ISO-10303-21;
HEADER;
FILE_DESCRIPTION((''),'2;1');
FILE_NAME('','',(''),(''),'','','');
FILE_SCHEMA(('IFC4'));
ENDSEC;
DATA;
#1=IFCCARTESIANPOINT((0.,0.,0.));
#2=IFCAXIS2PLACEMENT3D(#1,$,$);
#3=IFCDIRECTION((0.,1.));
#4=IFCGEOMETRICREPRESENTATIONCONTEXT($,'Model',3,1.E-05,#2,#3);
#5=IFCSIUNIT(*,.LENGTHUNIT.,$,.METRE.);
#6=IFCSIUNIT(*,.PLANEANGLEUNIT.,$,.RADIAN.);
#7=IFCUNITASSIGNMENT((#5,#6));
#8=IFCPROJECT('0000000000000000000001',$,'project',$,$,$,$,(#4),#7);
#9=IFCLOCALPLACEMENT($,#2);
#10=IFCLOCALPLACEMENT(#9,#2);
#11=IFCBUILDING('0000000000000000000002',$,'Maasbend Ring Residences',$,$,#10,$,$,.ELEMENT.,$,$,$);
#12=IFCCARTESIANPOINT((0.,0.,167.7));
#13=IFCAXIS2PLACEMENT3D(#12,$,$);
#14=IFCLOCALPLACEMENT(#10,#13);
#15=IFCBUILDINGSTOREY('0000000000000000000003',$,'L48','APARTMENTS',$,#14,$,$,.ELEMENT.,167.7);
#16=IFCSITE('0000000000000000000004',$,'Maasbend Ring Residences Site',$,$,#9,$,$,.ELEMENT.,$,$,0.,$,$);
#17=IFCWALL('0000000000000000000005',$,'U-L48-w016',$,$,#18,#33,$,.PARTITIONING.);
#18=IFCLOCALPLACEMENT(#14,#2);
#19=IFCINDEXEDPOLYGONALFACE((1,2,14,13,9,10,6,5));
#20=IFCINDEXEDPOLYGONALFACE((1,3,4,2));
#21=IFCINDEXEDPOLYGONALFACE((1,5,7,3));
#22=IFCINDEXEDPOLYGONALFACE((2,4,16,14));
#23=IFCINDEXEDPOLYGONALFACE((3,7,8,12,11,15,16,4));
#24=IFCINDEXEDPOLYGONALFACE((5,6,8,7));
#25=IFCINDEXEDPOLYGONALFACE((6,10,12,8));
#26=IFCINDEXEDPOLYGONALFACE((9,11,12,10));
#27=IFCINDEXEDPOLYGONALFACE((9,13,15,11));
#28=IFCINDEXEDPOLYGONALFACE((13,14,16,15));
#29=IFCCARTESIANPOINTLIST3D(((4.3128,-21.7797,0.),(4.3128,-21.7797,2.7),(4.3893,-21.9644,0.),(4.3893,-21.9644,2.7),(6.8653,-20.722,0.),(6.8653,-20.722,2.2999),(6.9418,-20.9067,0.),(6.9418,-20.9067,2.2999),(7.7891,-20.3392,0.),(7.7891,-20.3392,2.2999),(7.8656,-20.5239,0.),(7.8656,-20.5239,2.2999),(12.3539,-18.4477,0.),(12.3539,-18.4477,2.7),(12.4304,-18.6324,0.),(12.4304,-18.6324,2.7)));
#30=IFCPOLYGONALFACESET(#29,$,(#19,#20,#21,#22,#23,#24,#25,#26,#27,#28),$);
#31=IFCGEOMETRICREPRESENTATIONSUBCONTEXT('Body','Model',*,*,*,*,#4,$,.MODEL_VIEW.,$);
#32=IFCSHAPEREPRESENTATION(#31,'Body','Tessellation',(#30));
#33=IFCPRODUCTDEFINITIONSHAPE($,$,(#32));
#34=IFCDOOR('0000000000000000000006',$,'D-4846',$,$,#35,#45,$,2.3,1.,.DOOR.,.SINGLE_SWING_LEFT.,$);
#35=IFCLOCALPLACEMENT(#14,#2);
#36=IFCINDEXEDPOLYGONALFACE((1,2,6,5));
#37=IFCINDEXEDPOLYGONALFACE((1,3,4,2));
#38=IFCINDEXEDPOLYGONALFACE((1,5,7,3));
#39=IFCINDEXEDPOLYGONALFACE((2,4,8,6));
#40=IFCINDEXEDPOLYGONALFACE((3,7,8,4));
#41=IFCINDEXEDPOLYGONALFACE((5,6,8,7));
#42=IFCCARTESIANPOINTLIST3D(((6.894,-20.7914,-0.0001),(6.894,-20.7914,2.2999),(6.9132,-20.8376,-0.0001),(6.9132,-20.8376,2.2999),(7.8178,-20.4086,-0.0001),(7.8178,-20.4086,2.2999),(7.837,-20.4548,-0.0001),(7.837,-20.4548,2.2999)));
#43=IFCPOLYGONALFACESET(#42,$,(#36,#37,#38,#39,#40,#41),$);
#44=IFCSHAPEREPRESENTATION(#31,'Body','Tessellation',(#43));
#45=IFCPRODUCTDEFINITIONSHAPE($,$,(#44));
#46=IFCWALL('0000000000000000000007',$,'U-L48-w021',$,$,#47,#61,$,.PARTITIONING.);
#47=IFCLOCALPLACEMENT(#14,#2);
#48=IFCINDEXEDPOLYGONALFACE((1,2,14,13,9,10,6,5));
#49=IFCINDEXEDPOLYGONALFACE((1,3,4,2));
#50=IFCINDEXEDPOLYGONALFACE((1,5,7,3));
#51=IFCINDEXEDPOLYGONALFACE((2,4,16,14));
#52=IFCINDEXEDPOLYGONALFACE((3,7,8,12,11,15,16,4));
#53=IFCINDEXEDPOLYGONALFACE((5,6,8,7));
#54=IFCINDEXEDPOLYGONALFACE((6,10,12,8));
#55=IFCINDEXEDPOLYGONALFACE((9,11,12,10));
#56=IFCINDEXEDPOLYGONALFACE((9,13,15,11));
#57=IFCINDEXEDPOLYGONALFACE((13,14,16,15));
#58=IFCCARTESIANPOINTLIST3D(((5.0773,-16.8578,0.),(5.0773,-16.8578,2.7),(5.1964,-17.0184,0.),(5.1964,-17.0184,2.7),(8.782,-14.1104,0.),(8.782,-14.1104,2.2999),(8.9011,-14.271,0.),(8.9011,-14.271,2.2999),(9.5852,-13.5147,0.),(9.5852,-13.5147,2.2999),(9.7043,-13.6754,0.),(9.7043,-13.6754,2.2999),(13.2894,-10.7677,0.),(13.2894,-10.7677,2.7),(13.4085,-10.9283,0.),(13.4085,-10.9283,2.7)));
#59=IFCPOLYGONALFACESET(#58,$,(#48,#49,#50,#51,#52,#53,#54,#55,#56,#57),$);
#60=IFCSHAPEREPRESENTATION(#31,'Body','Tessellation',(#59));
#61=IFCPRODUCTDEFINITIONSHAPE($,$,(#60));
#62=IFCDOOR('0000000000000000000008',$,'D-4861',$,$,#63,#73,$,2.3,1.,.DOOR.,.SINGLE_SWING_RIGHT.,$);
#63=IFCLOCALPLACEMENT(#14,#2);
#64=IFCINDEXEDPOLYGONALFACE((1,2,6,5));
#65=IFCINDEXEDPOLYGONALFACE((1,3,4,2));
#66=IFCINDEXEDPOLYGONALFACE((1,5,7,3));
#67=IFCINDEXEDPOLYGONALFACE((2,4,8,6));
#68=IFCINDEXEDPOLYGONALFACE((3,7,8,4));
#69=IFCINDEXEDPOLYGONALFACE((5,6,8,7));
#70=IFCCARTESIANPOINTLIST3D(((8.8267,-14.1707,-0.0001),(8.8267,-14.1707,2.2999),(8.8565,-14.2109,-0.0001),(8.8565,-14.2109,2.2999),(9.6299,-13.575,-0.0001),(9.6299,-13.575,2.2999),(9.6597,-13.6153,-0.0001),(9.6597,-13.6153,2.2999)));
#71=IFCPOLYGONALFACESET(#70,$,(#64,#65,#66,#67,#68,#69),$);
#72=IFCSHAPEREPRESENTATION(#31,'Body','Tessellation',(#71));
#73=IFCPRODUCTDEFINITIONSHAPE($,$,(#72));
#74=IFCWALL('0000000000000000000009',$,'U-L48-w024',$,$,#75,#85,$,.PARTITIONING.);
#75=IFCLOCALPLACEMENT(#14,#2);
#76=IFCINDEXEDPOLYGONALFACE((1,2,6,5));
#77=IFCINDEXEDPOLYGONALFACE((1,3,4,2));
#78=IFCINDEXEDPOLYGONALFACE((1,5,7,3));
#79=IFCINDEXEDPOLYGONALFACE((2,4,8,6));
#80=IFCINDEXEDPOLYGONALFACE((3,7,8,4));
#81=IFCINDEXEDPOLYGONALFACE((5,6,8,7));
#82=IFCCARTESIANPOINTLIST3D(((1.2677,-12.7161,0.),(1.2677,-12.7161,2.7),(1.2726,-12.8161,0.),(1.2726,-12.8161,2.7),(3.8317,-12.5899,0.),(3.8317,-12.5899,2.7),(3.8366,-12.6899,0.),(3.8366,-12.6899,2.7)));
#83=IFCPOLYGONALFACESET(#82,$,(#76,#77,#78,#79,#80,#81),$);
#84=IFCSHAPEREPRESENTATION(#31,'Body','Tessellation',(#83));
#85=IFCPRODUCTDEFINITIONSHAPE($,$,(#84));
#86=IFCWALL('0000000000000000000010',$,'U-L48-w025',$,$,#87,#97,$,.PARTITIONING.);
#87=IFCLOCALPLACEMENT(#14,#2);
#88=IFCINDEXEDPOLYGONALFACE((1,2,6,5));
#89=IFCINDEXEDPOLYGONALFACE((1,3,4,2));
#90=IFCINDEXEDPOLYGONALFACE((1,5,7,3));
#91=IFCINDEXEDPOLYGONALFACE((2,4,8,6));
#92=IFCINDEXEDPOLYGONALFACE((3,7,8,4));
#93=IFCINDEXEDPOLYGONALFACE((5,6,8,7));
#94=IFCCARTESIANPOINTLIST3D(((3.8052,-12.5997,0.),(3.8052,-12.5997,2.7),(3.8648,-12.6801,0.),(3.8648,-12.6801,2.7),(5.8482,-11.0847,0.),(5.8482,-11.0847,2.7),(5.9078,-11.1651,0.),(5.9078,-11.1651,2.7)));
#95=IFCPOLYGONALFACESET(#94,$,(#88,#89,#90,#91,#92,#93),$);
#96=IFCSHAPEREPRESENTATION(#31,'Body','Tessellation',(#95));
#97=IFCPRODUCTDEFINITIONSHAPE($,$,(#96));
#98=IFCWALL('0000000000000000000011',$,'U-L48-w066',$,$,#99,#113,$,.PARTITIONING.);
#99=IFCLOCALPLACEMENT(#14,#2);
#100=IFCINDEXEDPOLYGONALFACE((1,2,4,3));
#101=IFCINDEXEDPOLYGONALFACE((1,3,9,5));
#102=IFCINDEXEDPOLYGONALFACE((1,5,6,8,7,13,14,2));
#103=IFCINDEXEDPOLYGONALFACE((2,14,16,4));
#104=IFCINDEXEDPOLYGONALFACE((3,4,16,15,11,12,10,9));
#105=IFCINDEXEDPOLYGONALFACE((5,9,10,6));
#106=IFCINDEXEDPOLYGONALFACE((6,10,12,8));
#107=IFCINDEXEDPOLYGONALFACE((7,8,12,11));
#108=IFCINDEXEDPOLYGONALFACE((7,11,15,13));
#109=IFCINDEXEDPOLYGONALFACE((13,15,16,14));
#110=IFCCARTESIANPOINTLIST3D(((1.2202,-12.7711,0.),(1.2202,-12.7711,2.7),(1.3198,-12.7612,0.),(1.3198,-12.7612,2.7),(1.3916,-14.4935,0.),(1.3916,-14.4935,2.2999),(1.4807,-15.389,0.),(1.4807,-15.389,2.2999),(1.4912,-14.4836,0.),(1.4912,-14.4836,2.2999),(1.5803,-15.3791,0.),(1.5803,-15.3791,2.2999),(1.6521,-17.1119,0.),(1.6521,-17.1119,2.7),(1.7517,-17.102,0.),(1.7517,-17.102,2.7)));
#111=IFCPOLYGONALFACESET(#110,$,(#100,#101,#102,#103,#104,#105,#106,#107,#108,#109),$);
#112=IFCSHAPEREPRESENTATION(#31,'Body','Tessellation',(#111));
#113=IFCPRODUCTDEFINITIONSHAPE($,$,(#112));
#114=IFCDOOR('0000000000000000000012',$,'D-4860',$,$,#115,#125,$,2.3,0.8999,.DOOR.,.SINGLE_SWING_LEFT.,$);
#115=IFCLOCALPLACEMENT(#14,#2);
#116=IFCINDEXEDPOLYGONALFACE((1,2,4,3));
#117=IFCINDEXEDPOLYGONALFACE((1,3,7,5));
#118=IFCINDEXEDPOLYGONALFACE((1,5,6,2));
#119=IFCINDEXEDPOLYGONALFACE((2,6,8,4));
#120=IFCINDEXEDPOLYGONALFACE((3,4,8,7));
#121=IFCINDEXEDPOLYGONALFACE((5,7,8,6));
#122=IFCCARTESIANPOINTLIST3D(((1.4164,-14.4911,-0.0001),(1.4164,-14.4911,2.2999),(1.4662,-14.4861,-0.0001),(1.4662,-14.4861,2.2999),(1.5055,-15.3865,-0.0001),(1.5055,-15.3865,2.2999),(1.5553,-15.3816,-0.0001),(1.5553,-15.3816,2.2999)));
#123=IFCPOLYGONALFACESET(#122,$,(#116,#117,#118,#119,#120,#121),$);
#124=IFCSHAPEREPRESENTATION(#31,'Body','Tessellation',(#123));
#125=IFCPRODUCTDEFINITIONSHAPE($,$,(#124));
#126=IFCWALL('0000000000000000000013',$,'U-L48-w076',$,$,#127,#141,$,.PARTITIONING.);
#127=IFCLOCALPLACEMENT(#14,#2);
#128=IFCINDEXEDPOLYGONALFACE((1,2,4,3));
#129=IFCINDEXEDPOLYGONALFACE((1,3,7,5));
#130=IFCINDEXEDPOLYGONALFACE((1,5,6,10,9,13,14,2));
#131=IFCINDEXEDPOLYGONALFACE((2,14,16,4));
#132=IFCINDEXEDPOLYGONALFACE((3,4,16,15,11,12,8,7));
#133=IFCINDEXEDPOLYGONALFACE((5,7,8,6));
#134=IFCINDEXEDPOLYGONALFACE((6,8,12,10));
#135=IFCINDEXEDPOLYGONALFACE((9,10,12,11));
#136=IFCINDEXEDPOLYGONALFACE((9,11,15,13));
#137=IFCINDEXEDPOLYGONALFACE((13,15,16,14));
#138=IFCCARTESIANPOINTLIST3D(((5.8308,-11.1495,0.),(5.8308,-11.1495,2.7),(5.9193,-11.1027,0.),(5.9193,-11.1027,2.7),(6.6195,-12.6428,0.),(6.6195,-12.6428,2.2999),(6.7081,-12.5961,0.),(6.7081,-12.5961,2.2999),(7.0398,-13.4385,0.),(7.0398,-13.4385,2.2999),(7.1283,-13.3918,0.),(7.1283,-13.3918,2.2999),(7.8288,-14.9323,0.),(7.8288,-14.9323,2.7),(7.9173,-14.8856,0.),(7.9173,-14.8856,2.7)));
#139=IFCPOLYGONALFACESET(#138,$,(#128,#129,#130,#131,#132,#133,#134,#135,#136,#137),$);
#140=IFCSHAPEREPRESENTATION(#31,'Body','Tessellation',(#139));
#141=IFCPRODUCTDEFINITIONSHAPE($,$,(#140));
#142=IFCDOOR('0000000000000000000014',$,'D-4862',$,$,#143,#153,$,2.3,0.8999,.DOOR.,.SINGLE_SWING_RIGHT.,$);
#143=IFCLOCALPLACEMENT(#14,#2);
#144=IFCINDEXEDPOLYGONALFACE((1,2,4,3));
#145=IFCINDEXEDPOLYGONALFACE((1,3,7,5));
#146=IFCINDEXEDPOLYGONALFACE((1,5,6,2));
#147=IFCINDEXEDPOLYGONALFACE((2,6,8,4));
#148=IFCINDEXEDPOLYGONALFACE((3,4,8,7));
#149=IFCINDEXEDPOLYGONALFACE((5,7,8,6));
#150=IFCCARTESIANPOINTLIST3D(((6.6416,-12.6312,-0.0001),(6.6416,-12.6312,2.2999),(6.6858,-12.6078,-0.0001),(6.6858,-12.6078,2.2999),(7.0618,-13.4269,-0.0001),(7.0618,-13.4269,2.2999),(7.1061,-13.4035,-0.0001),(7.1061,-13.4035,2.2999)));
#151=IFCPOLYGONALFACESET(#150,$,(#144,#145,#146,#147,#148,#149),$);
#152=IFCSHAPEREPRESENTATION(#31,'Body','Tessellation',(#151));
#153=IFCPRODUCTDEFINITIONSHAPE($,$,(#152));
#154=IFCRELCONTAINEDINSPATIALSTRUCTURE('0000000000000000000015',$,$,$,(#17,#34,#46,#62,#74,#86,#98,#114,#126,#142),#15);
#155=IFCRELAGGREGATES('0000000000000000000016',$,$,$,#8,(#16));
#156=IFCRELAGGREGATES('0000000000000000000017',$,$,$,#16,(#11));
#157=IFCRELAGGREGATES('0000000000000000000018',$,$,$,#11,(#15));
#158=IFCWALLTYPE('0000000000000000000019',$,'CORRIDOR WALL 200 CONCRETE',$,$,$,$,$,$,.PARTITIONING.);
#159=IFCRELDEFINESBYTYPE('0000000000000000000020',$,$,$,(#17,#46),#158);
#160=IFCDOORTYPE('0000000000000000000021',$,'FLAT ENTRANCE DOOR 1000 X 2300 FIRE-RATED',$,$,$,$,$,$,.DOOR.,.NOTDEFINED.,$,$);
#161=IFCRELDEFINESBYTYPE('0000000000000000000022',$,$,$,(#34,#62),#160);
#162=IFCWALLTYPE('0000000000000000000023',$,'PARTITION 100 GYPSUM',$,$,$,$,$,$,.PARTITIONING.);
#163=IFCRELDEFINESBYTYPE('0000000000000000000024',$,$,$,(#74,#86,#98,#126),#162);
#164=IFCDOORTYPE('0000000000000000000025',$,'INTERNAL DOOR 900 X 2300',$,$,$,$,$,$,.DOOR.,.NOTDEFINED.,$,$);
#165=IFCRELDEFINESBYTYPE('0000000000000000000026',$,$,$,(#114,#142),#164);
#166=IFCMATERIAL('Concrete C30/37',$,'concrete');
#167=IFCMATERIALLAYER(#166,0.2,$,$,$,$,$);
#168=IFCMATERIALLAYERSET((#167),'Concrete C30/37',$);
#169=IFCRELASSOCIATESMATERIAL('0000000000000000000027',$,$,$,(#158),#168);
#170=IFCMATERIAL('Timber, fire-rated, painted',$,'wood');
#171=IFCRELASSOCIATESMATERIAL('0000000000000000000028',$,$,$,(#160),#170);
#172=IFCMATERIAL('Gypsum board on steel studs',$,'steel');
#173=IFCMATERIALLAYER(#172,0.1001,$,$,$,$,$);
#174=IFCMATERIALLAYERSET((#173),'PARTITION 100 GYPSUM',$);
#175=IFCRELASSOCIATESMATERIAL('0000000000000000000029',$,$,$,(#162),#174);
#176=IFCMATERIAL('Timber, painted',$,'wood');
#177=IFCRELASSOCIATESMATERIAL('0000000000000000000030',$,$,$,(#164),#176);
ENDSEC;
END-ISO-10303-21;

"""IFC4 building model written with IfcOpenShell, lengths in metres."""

from ifc_helpers import new_model, si_unit, direction, frame, frame_2d, origin, place, context, subcontext, project, spatial, rectangle, extrude, material, layer, layer_set, type_object, element, fill, save


model = new_model("IFC4")

# Units and contexts
model_context = context("Model", 3, precision=1e-05, world=origin(), true_north=direction((0.0, 1.0)))
body_context = subcontext(model_context, "Body", "Model", "MODEL_VIEW")
ifc_project = project(units=[si_unit("LENGTHUNIT", "METRE"), si_unit("PLANEANGLEUNIT", "RADIAN")], contexts=[model_context])

# Site, building, storey
site_placement = place(None, origin())
site = spatial("IfcSite", under=ifc_project, at=site_placement, Name="Maasbend Ring Residences Site", CompositionType="ELEMENT", RefElevation=0.0)
building_placement = place(site_placement, origin())
building = spatial("IfcBuilding", under=site, at=building_placement, Name="Maasbend Ring Residences", CompositionType="ELEMENT")
storey_placement = place(building_placement, frame((0.0, 0.0, 167.7)))
storey = spatial("IfcBuildingStorey", under=building, at=storey_placement, Name="L48", Description="APARTMENTS", CompositionType="ELEMENT", Elevation=167.7)

# Walls, openings, doors
ifc_material_1 = material(Name="Concrete C30/37", Category="concrete")
ifc_layer_1 = layer(ifc_material_1, 0.2)
ifc_layer_set_1 = layer_set([ifc_layer_1], Name="Concrete C30/37")
wall_type_1 = type_object("IfcWallType", Name="CORRIDOR WALL 200 CONCRETE", PredefinedType="PARTITIONING", material=ifc_layer_set_1)
wall_1_placement = place(storey_placement, frame((4.3511, -21.8721, 0.0), z_axis=(0.0, 0.0, 1.0), x_axis=(0.923825, 0.382814, 0.0)))
wall_1 = element("IfcWall", 1, at=wall_1_placement, inside=storey, type_object=wall_type_1, Name="U-L48-w016", PredefinedType="PARTITIONING", context=body_context, shape_type="SweptSolid", body=[
    extrude(rectangle(XDim=8.7041, YDim=0.2, at=frame_2d((4.3521, 0.0))), origin(), (0.0, 0.0, 1.0), 2.7),
])
opening_1_placement = place(wall_1_placement, frame((2.7629, 0.0, 0.0)))
opening_1 = element("IfcOpeningElement", 2, at=opening_1_placement, cuts=wall_1, PredefinedType="OPENING", context=body_context, shape_type="SweptSolid", body=[
    extrude(rectangle(XDim=1.0, YDim=2.3, at=frame_2d((0.5, 1.1499))), frame((0.0, 0.1099, 0.0), z_axis=(0.0, -1.0, 0.0), x_axis=(1.0, 0.0, 0.0)), (0.0, 0.0, 1.0), 0.22),
])
ifc_material_2 = material(Name="Timber, fire-rated, painted", Category="wood")
door_type_1 = type_object("IfcDoorType", Name="FLAT ENTRANCE DOOR 1000 X 2300 FIRE-RATED", OperationType="NOTDEFINED", PredefinedType="DOOR", material=ifc_material_2)
door_1_placement = place(opening_1_placement, origin())
door_1 = element("IfcDoor", 3, at=door_1_placement, inside=storey, type_object=door_type_1, Name="D-4846", OperationType="SINGLE_SWING_LEFT", OverallHeight=2.3, OverallWidth=1.0, PredefinedType="DOOR", context=body_context, shape_type="SweptSolid", body=[
    extrude(rectangle(XDim=1.0, YDim=2.3, at=frame_2d((0.5, 1.1499))), frame((0.0, 0.0249, 0.0), z_axis=(0.0, -1.0, 0.0), x_axis=(1.0, 0.0, 0.0)), (0.0, 0.0, 1.0), 0.05),
])
fill(opening_1, door_1)
wall_2_placement = place(storey_placement, frame((5.137, -16.938, 0.0), z_axis=(0.0, 0.0, 1.0), x_axis=(0.803229, 0.59567, 0.0)))
wall_2 = element("IfcWall", 4, at=wall_2_placement, inside=storey, type_object=wall_type_1, Name="U-L48-w021", PredefinedType="PARTITIONING", context=body_context, shape_type="SweptSolid", body=[
    extrude(rectangle(XDim=10.2239, YDim=0.2, at=frame_2d((5.1118, 0.0))), origin(), (0.0, 0.0, 1.0), 2.7),
])
opening_2_placement = place(wall_2_placement, frame((4.6121, 0.0, 0.0)))
opening_2 = element("IfcOpeningElement", 5, at=opening_2_placement, cuts=wall_2, PredefinedType="OPENING", context=body_context, shape_type="SweptSolid", body=[
    extrude(rectangle(XDim=1.0, YDim=2.3, at=frame_2d((0.5, 1.1499))), frame((0.0, 0.1099, 0.0), z_axis=(0.0, -1.0, 0.0), x_axis=(1.0, 0.0, 0.0)), (0.0, 0.0, 1.0), 0.22),
])
door_2_placement = place(opening_2_placement, origin())
door_2 = element("IfcDoor", 6, at=door_2_placement, inside=storey, type_object=door_type_1, Name="D-4861", OperationType="SINGLE_SWING_RIGHT", OverallHeight=2.3, OverallWidth=1.0, PredefinedType="DOOR", context=body_context, shape_type="SweptSolid", body=[
    extrude(rectangle(XDim=1.0, YDim=2.3, at=frame_2d((0.5, 1.1499))), frame((0.0, 0.0249, 0.0), z_axis=(0.0, -1.0, 0.0), x_axis=(1.0, 0.0, 0.0)), (0.0, 0.0, 1.0), 0.05),
])
fill(opening_2, door_2)

# Walls
ifc_material_3 = material(Name="Gypsum board on steel studs", Category="steel")
ifc_layer_2 = layer(ifc_material_3, 0.1001)
ifc_layer_set_2 = layer_set([ifc_layer_2], Name="PARTITION 100 GYPSUM")
wall_type_2 = type_object("IfcWallType", Name="PARTITION 100 GYPSUM", PredefinedType="PARTITIONING", material=ifc_layer_set_2)
wall_3_placement = place(storey_placement, frame((1.27, -12.7661, 0.0), z_axis=(0.0, 0.0, 1.0), x_axis=(0.99879, 0.049169, 0.0)))
element("IfcWall", 7, at=wall_3_placement, inside=storey, type_object=wall_type_2, Name="U-L48-w024", PredefinedType="PARTITIONING", context=body_context, shape_type="SweptSolid", body=[
    extrude(rectangle(XDim=2.5671, YDim=0.1001, at=frame_2d((1.2837, 0.0))), origin(), (0.0, 0.0, 1.0), 2.7),
])
wall_4_placement = place(storey_placement, frame((3.835, -12.6399, 0.0), z_axis=(0.0, 0.0, 1.0), x_axis=(0.80326, 0.595629, 0.0)))
element("IfcWall", 8, at=wall_4_placement, inside=storey, type_object=wall_type_2, Name="U-L48-w025", PredefinedType="PARTITIONING", context=body_context, shape_type="SweptSolid", body=[
    extrude(rectangle(XDim=2.5435, YDim=0.1001, at=frame_2d((1.2717, 0.0))), origin(), (0.0, 0.0, 1.0), 2.7),
])

# Walls, openings, doors
wall_5_placement = place(storey_placement, frame((1.27, -12.7661, 0.0), z_axis=(0.0, 0.0, 1.0), x_axis=(0.099005, -0.995087, 0.0)))
wall_5 = element("IfcWall", 9, at=wall_5_placement, inside=storey, type_object=wall_type_2, Name="U-L48-w066", PredefinedType="PARTITIONING", context=body_context, shape_type="SweptSolid", body=[
    extrude(rectangle(XDim=4.3623, YDim=0.1001, at=frame_2d((2.1812, 0.0))), origin(), (0.0, 0.0, 1.0), 2.7),
])
opening_3_placement = place(wall_5_placement, frame((1.731, 0.0, 0.0)))
opening_3 = element("IfcOpeningElement", 10, at=opening_3_placement, cuts=wall_5, PredefinedType="OPENING", context=body_context, shape_type="SweptSolid", body=[
    extrude(rectangle(XDim=0.8999, YDim=2.3, at=frame_2d((0.45, 1.1499))), frame((0.0, 0.0601, 0.0), z_axis=(0.0, -1.0, 0.0), x_axis=(1.0, 0.0, 0.0)), (0.0, 0.0, 1.0), 0.1201),
])
ifc_material_4 = material(Name="Timber, painted", Category="wood")
door_type_2 = type_object("IfcDoorType", Name="INTERNAL DOOR 900 X 2300", OperationType="NOTDEFINED", PredefinedType="DOOR", material=ifc_material_4)
door_3_placement = place(opening_3_placement, origin())
door_3 = element("IfcDoor", 11, at=door_3_placement, inside=storey, type_object=door_type_2, Name="D-4860", OperationType="SINGLE_SWING_LEFT", OverallHeight=2.3, OverallWidth=0.8999, PredefinedType="DOOR", context=body_context, shape_type="SweptSolid", body=[
    extrude(rectangle(XDim=0.8999, YDim=2.3, at=frame_2d((0.45, 1.1499))), frame((0.0, 0.0249, 0.0), z_axis=(0.0, -1.0, 0.0), x_axis=(1.0, 0.0, 0.0)), (0.0, 0.0, 1.0), 0.05),
])
fill(opening_3, door_3)
wall_6_placement = place(storey_placement, frame((5.875, -11.126, 0.0), z_axis=(0.0, 0.0, 1.0), x_axis=(0.46703, -0.884241, 0.0)))
wall_6 = element("IfcWall", 12, at=wall_6_placement, inside=storey, type_object=wall_type_2, Name="U-L48-w076", PredefinedType="PARTITIONING", context=body_context, shape_type="SweptSolid", body=[
    extrude(rectangle(XDim=4.2781, YDim=0.1001, at=frame_2d((2.1392, 0.0))), origin(), (0.0, 0.0, 1.0), 2.7),
])
opening_4_placement = place(wall_6_placement, frame((1.689, 0.0, 0.0)))
opening_4 = element("IfcOpeningElement", 13, at=opening_4_placement, cuts=wall_6, PredefinedType="OPENING", context=body_context, shape_type="SweptSolid", body=[
    extrude(rectangle(XDim=0.8999, YDim=2.3, at=frame_2d((0.45, 1.1499))), frame((0.0, 0.0601, 0.0), z_axis=(0.0, -1.0, 0.0), x_axis=(1.0, 0.0, 0.0)), (0.0, 0.0, 1.0), 0.1201),
])
door_4_placement = place(opening_4_placement, origin())
door_4 = element("IfcDoor", 14, at=door_4_placement, inside=storey, type_object=door_type_2, Name="D-4862", OperationType="SINGLE_SWING_RIGHT", OverallHeight=2.3, OverallWidth=0.8999, PredefinedType="DOOR", context=body_context, shape_type="SweptSolid", body=[
    extrude(rectangle(XDim=0.8999, YDim=2.3, at=frame_2d((0.45, 1.1499))), frame((0.0, 0.0249, 0.0), z_axis=(0.0, -1.0, 0.0), x_axis=(1.0, 0.0, 0.0)), (0.0, 0.0, 1.0), 0.05),
])
fill(opening_4, door_4)

save(model, "model.ifc")
